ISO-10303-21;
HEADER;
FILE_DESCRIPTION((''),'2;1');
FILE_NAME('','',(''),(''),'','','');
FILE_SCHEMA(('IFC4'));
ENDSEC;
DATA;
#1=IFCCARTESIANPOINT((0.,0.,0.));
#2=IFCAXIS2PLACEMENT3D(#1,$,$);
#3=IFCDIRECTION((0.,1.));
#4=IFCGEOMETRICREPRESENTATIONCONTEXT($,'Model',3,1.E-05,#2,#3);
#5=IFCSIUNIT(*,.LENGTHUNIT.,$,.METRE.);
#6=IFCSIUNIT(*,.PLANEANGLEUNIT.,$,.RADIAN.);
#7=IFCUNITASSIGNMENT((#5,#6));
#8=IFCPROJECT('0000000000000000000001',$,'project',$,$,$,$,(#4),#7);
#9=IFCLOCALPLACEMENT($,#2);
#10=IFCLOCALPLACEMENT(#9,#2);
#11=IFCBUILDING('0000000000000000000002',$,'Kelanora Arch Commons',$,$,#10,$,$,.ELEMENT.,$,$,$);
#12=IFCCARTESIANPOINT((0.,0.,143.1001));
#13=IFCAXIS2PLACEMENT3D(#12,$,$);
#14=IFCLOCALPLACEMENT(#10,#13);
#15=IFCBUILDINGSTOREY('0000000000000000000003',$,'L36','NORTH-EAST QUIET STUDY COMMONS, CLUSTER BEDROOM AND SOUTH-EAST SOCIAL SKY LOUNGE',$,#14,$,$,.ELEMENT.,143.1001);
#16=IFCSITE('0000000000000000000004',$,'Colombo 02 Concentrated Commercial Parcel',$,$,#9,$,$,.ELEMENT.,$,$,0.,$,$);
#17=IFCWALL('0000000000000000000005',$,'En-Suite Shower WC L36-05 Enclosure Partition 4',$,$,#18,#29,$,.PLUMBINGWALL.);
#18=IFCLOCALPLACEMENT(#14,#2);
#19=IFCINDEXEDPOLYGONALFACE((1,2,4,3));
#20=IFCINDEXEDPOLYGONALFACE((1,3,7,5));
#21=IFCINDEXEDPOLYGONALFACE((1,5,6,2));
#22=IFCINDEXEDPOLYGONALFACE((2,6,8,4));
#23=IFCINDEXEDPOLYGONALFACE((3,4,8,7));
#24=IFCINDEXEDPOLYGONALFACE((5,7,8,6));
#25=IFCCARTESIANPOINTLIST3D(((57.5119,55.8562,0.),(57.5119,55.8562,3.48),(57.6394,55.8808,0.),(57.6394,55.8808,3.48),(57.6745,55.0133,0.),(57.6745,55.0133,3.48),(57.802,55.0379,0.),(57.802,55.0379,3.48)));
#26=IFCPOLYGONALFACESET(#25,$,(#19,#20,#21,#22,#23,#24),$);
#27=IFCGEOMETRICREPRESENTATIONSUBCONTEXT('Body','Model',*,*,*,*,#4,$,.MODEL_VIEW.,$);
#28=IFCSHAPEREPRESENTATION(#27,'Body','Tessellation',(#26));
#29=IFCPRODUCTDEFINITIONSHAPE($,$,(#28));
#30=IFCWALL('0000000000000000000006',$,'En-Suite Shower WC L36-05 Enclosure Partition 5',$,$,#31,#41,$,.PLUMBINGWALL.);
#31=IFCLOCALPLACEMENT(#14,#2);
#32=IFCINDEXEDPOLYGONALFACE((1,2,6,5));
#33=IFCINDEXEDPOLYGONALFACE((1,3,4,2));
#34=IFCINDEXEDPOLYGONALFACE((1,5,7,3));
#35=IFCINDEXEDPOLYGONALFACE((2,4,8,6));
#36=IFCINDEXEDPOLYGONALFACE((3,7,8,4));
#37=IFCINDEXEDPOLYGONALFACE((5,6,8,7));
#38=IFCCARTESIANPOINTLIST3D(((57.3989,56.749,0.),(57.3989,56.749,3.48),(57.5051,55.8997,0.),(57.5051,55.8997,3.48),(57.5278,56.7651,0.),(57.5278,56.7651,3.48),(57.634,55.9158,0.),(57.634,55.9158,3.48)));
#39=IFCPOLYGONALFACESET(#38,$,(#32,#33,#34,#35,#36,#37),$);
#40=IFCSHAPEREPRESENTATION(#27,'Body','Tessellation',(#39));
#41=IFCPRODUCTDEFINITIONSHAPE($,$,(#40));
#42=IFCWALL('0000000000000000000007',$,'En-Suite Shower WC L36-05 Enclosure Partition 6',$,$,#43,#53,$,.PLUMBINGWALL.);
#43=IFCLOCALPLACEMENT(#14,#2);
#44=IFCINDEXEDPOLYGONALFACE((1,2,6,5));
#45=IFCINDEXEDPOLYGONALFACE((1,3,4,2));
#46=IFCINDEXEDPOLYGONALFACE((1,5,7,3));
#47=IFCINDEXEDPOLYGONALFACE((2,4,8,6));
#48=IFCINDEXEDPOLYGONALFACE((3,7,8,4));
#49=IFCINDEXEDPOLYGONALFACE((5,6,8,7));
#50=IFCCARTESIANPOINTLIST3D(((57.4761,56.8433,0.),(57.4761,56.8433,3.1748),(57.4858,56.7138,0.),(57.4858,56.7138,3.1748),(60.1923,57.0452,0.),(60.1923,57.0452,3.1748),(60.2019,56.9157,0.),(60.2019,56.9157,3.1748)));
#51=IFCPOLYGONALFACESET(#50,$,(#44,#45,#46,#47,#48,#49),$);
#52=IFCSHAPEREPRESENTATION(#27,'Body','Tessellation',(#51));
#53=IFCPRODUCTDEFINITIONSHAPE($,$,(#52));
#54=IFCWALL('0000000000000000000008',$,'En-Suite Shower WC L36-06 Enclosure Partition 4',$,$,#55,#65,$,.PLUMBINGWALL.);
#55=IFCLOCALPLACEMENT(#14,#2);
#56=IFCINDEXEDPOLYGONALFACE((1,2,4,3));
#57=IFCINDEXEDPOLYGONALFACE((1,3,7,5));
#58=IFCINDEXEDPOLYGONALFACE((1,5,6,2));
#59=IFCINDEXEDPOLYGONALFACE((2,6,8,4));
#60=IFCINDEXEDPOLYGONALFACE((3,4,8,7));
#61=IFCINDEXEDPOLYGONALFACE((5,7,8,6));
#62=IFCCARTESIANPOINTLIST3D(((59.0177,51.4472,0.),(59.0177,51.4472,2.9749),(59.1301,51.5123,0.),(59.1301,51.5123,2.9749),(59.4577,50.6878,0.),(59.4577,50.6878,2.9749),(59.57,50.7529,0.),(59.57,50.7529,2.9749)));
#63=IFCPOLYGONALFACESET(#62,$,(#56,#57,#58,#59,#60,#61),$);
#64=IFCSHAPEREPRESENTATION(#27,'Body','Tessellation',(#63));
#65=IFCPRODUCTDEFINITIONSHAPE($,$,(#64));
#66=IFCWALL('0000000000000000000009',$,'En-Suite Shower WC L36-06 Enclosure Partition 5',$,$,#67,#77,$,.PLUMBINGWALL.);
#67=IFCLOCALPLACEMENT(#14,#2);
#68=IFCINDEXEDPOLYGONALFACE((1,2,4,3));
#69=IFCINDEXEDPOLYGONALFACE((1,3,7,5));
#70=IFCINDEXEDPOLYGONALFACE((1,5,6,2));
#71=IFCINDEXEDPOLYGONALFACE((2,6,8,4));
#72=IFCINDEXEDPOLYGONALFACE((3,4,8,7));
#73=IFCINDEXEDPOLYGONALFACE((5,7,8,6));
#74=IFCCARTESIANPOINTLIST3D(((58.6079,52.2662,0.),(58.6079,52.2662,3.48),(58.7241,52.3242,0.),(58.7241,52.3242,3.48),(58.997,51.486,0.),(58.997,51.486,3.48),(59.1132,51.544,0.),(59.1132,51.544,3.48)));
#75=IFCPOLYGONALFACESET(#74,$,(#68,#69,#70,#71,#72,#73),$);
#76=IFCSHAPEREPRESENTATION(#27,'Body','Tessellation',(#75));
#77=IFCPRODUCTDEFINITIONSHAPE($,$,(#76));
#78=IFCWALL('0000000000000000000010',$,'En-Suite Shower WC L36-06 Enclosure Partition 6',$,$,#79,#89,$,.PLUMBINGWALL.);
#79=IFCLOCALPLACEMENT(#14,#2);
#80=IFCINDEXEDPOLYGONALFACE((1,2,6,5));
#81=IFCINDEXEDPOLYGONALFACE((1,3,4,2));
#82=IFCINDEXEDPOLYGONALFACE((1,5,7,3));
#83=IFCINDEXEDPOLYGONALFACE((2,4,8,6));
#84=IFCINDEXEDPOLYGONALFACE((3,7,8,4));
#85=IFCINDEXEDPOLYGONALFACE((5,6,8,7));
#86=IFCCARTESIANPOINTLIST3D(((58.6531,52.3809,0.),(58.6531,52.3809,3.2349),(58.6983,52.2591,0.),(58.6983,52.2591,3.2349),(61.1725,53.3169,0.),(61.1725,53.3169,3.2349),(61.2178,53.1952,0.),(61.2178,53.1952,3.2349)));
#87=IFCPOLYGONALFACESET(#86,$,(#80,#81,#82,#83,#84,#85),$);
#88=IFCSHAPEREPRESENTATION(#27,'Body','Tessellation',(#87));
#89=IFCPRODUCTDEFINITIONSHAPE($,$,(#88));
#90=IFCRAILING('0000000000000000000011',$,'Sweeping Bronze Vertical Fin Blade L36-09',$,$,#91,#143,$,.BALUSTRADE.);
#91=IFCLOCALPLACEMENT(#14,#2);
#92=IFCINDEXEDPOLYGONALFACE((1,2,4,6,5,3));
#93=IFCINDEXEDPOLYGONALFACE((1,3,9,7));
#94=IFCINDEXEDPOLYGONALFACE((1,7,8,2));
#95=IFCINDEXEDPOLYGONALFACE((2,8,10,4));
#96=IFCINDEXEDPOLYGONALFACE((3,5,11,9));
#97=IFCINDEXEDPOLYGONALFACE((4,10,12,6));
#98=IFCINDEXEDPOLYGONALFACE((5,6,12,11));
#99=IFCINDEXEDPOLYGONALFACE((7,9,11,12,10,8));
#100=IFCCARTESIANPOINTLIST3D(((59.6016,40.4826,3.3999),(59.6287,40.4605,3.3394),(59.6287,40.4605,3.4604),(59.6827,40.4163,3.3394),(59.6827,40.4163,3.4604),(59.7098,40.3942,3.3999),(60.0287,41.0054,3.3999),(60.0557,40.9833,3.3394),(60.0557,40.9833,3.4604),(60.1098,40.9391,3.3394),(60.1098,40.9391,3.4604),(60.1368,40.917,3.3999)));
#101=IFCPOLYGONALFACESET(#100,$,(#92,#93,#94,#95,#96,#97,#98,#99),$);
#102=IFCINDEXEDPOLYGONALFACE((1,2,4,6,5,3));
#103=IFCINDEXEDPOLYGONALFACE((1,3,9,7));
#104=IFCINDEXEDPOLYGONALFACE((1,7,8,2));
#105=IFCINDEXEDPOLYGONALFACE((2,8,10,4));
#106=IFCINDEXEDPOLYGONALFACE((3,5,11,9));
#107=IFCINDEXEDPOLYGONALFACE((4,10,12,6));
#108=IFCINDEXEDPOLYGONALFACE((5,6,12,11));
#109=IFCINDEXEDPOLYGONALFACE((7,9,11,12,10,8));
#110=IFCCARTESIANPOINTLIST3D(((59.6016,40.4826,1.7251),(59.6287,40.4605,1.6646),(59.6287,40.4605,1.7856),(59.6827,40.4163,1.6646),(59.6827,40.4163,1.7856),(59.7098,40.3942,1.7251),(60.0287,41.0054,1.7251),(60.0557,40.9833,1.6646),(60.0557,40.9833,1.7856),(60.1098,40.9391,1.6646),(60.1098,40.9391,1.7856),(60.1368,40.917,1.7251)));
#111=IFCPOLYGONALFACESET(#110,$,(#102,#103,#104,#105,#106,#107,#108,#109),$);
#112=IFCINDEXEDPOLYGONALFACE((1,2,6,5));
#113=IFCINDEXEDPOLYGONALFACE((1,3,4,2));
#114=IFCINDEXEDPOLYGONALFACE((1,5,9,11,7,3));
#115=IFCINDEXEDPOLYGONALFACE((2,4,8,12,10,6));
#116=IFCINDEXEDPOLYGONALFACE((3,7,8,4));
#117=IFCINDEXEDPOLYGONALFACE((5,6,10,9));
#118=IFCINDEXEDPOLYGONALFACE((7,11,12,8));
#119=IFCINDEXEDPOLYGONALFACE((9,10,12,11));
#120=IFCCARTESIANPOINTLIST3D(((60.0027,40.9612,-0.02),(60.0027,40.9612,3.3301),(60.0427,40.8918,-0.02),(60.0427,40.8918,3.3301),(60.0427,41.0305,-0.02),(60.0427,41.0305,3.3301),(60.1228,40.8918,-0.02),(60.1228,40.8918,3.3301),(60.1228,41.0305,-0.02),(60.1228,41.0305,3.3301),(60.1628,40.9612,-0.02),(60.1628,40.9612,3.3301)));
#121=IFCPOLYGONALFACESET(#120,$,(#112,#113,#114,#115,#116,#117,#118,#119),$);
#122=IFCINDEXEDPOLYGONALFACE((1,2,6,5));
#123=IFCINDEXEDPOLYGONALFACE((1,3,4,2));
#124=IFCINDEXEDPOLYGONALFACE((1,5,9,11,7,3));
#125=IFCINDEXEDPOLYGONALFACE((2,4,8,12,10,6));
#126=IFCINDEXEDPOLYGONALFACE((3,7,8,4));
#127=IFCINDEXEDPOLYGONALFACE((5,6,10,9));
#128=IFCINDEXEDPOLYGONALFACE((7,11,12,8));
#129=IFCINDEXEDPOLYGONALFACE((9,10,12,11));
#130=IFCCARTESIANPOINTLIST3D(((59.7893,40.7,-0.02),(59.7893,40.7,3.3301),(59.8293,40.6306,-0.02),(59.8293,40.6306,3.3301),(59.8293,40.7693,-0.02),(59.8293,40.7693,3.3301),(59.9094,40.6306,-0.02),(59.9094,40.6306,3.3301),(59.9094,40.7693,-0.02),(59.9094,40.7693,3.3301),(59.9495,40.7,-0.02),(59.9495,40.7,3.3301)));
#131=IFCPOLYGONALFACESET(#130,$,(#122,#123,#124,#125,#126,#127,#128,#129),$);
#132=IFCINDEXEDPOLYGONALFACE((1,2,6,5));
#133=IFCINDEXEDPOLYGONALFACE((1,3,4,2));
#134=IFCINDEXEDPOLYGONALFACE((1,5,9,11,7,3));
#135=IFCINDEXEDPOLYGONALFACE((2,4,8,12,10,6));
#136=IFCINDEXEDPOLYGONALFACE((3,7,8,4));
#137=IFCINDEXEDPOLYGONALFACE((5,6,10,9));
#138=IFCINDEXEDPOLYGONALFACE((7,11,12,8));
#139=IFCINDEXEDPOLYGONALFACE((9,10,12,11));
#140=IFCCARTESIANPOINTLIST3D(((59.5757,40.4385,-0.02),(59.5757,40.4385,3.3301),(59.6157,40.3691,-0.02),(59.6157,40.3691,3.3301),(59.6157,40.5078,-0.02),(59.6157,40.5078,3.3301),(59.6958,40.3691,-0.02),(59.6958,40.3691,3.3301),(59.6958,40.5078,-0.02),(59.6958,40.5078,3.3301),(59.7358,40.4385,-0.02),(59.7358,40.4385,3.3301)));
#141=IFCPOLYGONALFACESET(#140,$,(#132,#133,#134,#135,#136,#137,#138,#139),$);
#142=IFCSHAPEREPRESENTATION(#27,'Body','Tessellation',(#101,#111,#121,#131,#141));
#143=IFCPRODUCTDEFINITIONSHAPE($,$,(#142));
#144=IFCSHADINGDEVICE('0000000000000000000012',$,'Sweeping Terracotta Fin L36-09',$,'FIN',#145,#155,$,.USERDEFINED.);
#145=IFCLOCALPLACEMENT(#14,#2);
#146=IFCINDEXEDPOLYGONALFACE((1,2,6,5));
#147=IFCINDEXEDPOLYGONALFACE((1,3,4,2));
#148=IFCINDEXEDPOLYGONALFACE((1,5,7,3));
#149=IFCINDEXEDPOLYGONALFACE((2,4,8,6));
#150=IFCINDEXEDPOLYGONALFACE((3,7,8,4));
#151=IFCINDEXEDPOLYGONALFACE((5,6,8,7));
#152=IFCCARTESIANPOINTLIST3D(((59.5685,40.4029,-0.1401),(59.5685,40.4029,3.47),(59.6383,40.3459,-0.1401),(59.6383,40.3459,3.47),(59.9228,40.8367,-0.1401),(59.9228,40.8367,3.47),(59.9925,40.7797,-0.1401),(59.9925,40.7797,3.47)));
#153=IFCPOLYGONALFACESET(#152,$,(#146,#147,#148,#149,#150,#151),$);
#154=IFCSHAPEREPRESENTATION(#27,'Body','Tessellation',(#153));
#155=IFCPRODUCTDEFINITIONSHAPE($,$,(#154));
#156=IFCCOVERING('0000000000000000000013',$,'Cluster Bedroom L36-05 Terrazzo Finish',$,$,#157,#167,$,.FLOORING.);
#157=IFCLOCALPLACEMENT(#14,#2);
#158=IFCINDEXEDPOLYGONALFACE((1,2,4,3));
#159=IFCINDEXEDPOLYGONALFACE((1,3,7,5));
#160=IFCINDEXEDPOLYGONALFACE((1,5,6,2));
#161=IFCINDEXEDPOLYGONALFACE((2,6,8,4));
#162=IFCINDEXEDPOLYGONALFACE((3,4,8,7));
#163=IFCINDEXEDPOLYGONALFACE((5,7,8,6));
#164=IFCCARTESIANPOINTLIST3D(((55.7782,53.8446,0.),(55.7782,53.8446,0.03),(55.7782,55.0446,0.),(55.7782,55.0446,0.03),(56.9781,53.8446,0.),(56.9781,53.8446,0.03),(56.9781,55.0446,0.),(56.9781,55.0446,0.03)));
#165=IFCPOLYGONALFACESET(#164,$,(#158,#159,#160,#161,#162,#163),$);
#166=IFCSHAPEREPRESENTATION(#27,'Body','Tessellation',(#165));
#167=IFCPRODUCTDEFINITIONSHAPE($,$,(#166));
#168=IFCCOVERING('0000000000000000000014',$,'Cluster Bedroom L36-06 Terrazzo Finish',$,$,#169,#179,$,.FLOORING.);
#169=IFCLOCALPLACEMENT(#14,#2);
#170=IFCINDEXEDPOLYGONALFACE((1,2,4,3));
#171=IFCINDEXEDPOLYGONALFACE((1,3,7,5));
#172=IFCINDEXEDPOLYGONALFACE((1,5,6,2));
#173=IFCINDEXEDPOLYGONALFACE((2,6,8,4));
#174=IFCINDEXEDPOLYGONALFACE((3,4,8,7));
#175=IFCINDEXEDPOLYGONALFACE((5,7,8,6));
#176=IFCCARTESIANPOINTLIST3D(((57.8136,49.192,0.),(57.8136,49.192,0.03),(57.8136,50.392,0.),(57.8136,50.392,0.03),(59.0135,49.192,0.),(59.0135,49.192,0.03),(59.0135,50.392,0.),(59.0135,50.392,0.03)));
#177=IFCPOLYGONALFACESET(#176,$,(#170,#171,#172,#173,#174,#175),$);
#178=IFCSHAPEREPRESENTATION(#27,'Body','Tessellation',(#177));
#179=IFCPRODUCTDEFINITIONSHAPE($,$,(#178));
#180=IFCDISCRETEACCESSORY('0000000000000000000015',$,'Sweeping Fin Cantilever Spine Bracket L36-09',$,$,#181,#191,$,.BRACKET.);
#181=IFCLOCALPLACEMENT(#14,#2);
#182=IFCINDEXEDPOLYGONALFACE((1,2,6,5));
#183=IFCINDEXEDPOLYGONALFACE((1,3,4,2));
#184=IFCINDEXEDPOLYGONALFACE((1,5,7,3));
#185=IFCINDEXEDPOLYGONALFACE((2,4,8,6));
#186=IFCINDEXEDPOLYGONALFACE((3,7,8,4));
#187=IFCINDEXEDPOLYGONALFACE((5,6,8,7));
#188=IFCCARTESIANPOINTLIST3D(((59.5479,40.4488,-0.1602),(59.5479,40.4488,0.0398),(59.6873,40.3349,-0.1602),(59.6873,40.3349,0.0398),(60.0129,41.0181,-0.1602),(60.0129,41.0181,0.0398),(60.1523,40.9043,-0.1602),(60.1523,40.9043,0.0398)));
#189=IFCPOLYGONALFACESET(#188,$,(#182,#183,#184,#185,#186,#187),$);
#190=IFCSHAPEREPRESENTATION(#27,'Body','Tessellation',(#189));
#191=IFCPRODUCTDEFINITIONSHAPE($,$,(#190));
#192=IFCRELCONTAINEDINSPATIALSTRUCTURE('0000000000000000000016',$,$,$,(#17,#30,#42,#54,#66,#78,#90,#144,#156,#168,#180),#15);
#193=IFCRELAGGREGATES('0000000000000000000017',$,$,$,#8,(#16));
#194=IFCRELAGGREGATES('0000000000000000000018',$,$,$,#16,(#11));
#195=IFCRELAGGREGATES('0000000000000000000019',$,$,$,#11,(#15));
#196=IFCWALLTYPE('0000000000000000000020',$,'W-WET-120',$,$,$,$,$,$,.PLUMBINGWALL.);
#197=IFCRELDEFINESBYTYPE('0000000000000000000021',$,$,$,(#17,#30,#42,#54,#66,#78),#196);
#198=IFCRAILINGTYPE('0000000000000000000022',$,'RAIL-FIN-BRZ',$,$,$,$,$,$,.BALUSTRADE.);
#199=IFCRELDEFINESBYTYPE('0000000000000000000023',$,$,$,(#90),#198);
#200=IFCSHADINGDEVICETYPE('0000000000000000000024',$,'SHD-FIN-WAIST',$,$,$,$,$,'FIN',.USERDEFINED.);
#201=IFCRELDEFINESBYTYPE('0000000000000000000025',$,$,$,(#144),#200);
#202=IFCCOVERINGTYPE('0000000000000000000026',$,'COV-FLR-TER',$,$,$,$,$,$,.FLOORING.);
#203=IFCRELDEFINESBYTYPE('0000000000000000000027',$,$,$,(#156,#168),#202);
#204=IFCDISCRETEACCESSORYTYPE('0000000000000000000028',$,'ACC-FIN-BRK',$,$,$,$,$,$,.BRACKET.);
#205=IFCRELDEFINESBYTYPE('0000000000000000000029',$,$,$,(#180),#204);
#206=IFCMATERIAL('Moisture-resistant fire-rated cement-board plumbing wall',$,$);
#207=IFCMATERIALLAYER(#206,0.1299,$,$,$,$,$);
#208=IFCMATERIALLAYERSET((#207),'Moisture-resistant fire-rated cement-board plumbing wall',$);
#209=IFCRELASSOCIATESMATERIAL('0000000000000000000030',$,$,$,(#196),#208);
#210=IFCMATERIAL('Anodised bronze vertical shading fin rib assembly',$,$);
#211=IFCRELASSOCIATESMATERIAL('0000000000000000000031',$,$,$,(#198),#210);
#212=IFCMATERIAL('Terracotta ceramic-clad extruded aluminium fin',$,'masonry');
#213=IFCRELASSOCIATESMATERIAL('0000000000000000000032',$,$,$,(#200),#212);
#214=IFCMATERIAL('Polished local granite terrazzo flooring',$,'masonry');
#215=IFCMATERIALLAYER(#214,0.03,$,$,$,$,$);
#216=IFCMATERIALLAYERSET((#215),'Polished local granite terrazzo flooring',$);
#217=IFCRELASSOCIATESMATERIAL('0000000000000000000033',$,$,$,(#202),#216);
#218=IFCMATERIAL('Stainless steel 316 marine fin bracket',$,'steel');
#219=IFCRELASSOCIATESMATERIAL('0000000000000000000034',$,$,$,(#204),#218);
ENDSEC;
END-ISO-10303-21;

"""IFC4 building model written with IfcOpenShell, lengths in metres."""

from ifc_helpers import new_model, si_unit, direction, frame, frame_2d, origin, origin_2d, place, context, subcontext, project, spatial, polyline, rectangle, outline, extrude, source, transform, mapped, material, layer, layer_set, type_object, element, save


model = new_model("IFC4")

# Units and contexts
model_context = context("Model", 3, precision=1e-05, world=origin(), true_north=direction((0.0, 1.0)))
body_context = subcontext(model_context, "Body", "Model", "MODEL_VIEW")
ifc_project = project(units=[si_unit("LENGTHUNIT", "METRE"), si_unit("PLANEANGLEUNIT", "RADIAN")], contexts=[model_context])

# Site, building, storey
site_placement = place(None, origin())
site = spatial("IfcSite", under=ifc_project, at=site_placement, Name="Colombo 02 Concentrated Commercial Parcel", CompositionType="ELEMENT", RefElevation=0.0)
building_placement = place(site_placement, origin())
building = spatial("IfcBuilding", under=site, at=building_placement, Name="Kelanora Arch Commons", CompositionType="ELEMENT")
storey_placement = place(building_placement, frame((0.0, 0.0, 143.1001)))
storey = spatial("IfcBuildingStorey", under=building, at=storey_placement, Name="L36", Description="NORTH-EAST QUIET STUDY COMMONS, CLUSTER BEDROOM AND SOUTH-EAST SOCIAL SKY LOUNGE", CompositionType="ELEMENT", Elevation=143.1001)

# Walls
ifc_material_1 = material(Name="Moisture-resistant fire-rated cement-board plumbing wall")
ifc_layer_1 = layer(ifc_material_1, 0.1299)
ifc_layer_set_1 = layer_set([ifc_layer_1], Name="Moisture-resistant fire-rated cement-board plumbing wall")
wall_type_1 = type_object("IfcWallType", Name="W-WET-120", PredefinedType="PLUMBINGWALL", material=ifc_layer_set_1)
wall_1_placement = place(storey_placement, frame((57.7383, 55.0256, 0.0), z_axis=(0.0, 0.0, 1.0), x_axis=(-0.189438, 0.981893, 0.0)))
element("IfcWall", 1, at=wall_1_placement, inside=storey, type_object=wall_type_1, Name="En-Suite Shower WC L36-05 Enclosure Partition 4", PredefinedType="PLUMBINGWALL", context=body_context, shape_type="SweptSolid", body=[
    extrude(rectangle(XDim=0.8584, YDim=0.1299, at=frame_2d((0.4292, 0.0))), origin(), (0.0, 0.0, 1.0), 3.48),
])
wall_2_placement = place(storey_placement, frame((57.5696, 55.9077, 0.0), z_axis=(0.0, 0.0, 1.0), x_axis=(-0.12407, 0.992273, 0.0)))
element("IfcWall", 2, at=wall_2_placement, inside=storey, type_object=wall_type_1, Name="En-Suite Shower WC L36-05 Enclosure Partition 5", PredefinedType="PLUMBINGWALL", context=body_context, shape_type="SweptSolid", body=[
    extrude(rectangle(XDim=0.856, YDim=0.1299, at=frame_2d((0.428, 0.0))), origin(), (0.0, 0.0, 1.0), 3.48),
])
wall_3_placement = place(storey_placement, frame((57.481, 56.7786, 0.0), z_axis=(0.0, 0.0, 1.0), x_axis=(0.997248, 0.074133, 0.0)))
element("IfcWall", 3, at=wall_3_placement, inside=storey, type_object=wall_type_1, Name="En-Suite Shower WC L36-05 Enclosure Partition 6", PredefinedType="PLUMBINGWALL", context=body_context, shape_type="SweptSolid", body=[
    extrude(rectangle(XDim=2.7236, YDim=0.1299, at=frame_2d((1.3618, 0.0))), origin(), (0.0, 0.0, 1.0), 3.1748),
])
wall_4_placement = place(storey_placement, frame((59.5139, 50.7202, 0.0), z_axis=(0.0, 0.0, 1.0), x_axis=(-0.501223, 0.865318, 0.0)))
element("IfcWall", 4, at=wall_4_placement, inside=storey, type_object=wall_type_1, Name="En-Suite Shower WC L36-06 Enclosure Partition 4", PredefinedType="PLUMBINGWALL", context=body_context, shape_type="SweptSolid", body=[
    extrude(rectangle(XDim=0.8777, YDim=0.1299, at=frame_2d((0.439, 0.0))), origin(), (0.0, 0.0, 1.0), 2.9749),
])
wall_5_placement = place(storey_placement, frame((59.0552, 51.5149, 0.0), z_axis=(0.0, 0.0, 1.0), x_axis=(-0.446317, 0.894875, 0.0)))
element("IfcWall", 5, at=wall_5_placement, inside=storey, type_object=wall_type_1, Name="En-Suite Shower WC L36-06 Enclosure Partition 5", PredefinedType="PLUMBINGWALL", context=body_context, shape_type="SweptSolid", body=[
    extrude(rectangle(XDim=0.8718, YDim=0.1299, at=frame_2d((0.436, 0.0))), origin(), (0.0, 0.0, 1.0), 3.48),
])
wall_6_placement = place(storey_placement, frame((58.6758, 52.3201, 0.0), z_axis=(0.0, 0.0, 1.0), x_axis=(0.9374, 0.348255, 0.0)))
element("IfcWall", 6, at=wall_6_placement, inside=storey, type_object=wall_type_1, Name="En-Suite Shower WC L36-06 Enclosure Partition 6", PredefinedType="PLUMBINGWALL", context=body_context, shape_type="SweptSolid", body=[
    extrude(rectangle(XDim=2.6877, YDim=0.1299, at=frame_2d((1.3438, 0.0))), origin(), (0.0, 0.0, 1.0), 3.2349),
])

# Railing
ifc_material_2 = material(Name="Anodised bronze vertical shading fin rib assembly")
railing_type = type_object("IfcRailingType", Name="RAIL-FIN-BRZ", PredefinedType="BALUSTRADE", material=ifc_material_2)
railing_placement = place(storey_placement, frame((60.0828, 40.9612, -0.02)))
element("IfcRailing", 7, at=railing_placement, inside=storey, type_object=railing_type, Name="Sweeping Bronze Vertical Fin Blade L36-09", PredefinedType="BALUSTRADE", context=body_context, shape_type="SweptSolid", body=[
    extrude(outline(polyline([(0.0698, 0.0), (0.0349, 0.0605), (-0.0349, 0.0605), (-0.0698, 0.0), (-0.0349, -0.0605), (0.0349, -0.0605), (0.0698, 0.0)])), frame((0.0, 0.0, 3.4199), z_axis=(-0.632647, -0.774441, 0.0), x_axis=(0.774441, -0.632647, 0.0)), (0.0, 0.0, 1.0), 0.675),
    extrude(outline(polyline([(0.0698, 0.0), (0.0349, 0.0605), (-0.0349, 0.0605), (-0.0698, 0.0), (-0.0349, -0.0605), (0.0349, -0.0605), (0.0698, 0.0)])), frame((0.0, 0.0, 1.7451), z_axis=(-0.632647, -0.774441, 0.0), x_axis=(0.774441, -0.632647, 0.0)), (0.0, 0.0, 1.0), 0.675),
    extrude(outline(polyline([(0.0801, 0.0), (0.04, 0.0693), (-0.04, 0.0693), (-0.0801, 0.0), (-0.04, -0.0693), (0.04, -0.0693), (0.0801, 0.0)])), origin(), (0.0, 0.0, 1.0), 3.3501),
    extrude(outline(polyline([(0.0801, 0.0), (0.04, 0.0693), (-0.04, 0.0693), (-0.0801, 0.0), (-0.04, -0.0693), (0.04, -0.0693), (0.0801, 0.0)])), frame((-0.2134, -0.2612, 0.0)), (0.0, 0.0, 1.0), 3.3501),
    extrude(outline(polyline([(0.0801, 0.0), (0.04, 0.0693), (-0.04, 0.0693), (-0.0801, 0.0), (-0.04, -0.0693), (0.04, -0.0693), (0.0801, 0.0)])), frame((-0.427, -0.5227, 0.0)), (0.0, 0.0, 1.0), 3.3501),
])

# Shading device
ifc_material_3 = material(Name="Terracotta ceramic-clad extruded aluminium fin", Category="masonry")
shading_device_type = type_object("IfcShadingDeviceType", Name="SHD-FIN-WAIST", ElementType="FIN", PredefinedType="USERDEFINED", material=ifc_material_3)
shared_shape_1 = source(origin(), body_context, "Body", "SweptSolid", [
    extrude(rectangle(XDim=0.5601, YDim=0.0901, at=origin_2d()), origin(), (0.0, 0.0, 1.0), 3.6101),
])
shading_device_placement = place(storey_placement, frame((59.7805, 40.5913, -0.1401), z_axis=(0.0, 0.0, 1.0), x_axis=(-0.63257, -0.774503, 0.0)))
element("IfcShadingDevice", 8, at=shading_device_placement, inside=storey, type_object=shading_device_type, Name="Sweeping Terracotta Fin L36-09", ObjectType="FIN", PredefinedType="USERDEFINED", context=body_context, shape_type="MappedRepresentation", body=[
    mapped(shared_shape_1, transform((0.0, 0.0, 0.0), scale=1.0)),
])

# Coverings
ifc_material_4 = material(Name="Polished local granite terrazzo flooring", Category="masonry")
ifc_layer_2 = layer(ifc_material_4, 0.03)
ifc_layer_set_2 = layer_set([ifc_layer_2], Name="Polished local granite terrazzo flooring")
covering_type = type_object("IfcCoveringType", Name="COV-FLR-TER", PredefinedType="FLOORING", material=ifc_layer_set_2)
shared_shape_2 = source(origin(), body_context, "Body", "SweptSolid", [
    extrude(rectangle(XDim=1.2, YDim=1.2, at=origin_2d()), origin(), (0.0, 0.0, 1.0), 0.03),
])
for number, where, z_axis, x_axis, name in (
    (9, (56.3782, 54.4446, 0.0), (0.0, 0.0, 1.0), (1.0, 0.0, 0.0), "Cluster Bedroom L36-05 Terrazzo Finish"),
    (10, (58.4136, 49.792, 0.0), (0.0, 0.0, 1.0), (1.0, 0.0, 0.0), "Cluster Bedroom L36-06 Terrazzo Finish"),
):
    element("IfcCovering", number, at=place(storey_placement, frame(where, z_axis=z_axis, x_axis=x_axis)), inside=storey, type_object=covering_type, Name=name, PredefinedType="FLOORING", context=body_context, shape_type="MappedRepresentation", body=[
        mapped(shared_shape_2, transform((0.0, 0.0, 0.0), scale=1.0)),
    ])

# Discrete accessory
ifc_material_5 = material(Name="Stainless steel 316 marine fin bracket", Category="steel")
discrete_accessory_type = type_object("IfcDiscreteAccessoryType", Name="ACC-FIN-BRK", PredefinedType="BRACKET", material=ifc_material_5)
shared_shape_3 = source(origin(), body_context, "Body", "SweptSolid", [
    extrude(rectangle(XDim=0.7351, YDim=0.1799, at=origin_2d()), origin(), (0.0, 0.0, 1.0), 0.2),
])
discrete_accessory_placement = place(storey_placement, frame((59.8501, 40.6765, -0.1602), z_axis=(0.0, 0.0, 1.0), x_axis=(-0.63257, -0.774503, 0.0)))
element("IfcDiscreteAccessory", 11, at=discrete_accessory_placement, inside=storey, type_object=discrete_accessory_type, Name="Sweeping Fin Cantilever Spine Bracket L36-09", PredefinedType="BRACKET", context=body_context, shape_type="MappedRepresentation", body=[
    mapped(shared_shape_3, transform((0.0, 0.0, 0.0), scale=1.0)),
])

save(model, "model.ifc")
